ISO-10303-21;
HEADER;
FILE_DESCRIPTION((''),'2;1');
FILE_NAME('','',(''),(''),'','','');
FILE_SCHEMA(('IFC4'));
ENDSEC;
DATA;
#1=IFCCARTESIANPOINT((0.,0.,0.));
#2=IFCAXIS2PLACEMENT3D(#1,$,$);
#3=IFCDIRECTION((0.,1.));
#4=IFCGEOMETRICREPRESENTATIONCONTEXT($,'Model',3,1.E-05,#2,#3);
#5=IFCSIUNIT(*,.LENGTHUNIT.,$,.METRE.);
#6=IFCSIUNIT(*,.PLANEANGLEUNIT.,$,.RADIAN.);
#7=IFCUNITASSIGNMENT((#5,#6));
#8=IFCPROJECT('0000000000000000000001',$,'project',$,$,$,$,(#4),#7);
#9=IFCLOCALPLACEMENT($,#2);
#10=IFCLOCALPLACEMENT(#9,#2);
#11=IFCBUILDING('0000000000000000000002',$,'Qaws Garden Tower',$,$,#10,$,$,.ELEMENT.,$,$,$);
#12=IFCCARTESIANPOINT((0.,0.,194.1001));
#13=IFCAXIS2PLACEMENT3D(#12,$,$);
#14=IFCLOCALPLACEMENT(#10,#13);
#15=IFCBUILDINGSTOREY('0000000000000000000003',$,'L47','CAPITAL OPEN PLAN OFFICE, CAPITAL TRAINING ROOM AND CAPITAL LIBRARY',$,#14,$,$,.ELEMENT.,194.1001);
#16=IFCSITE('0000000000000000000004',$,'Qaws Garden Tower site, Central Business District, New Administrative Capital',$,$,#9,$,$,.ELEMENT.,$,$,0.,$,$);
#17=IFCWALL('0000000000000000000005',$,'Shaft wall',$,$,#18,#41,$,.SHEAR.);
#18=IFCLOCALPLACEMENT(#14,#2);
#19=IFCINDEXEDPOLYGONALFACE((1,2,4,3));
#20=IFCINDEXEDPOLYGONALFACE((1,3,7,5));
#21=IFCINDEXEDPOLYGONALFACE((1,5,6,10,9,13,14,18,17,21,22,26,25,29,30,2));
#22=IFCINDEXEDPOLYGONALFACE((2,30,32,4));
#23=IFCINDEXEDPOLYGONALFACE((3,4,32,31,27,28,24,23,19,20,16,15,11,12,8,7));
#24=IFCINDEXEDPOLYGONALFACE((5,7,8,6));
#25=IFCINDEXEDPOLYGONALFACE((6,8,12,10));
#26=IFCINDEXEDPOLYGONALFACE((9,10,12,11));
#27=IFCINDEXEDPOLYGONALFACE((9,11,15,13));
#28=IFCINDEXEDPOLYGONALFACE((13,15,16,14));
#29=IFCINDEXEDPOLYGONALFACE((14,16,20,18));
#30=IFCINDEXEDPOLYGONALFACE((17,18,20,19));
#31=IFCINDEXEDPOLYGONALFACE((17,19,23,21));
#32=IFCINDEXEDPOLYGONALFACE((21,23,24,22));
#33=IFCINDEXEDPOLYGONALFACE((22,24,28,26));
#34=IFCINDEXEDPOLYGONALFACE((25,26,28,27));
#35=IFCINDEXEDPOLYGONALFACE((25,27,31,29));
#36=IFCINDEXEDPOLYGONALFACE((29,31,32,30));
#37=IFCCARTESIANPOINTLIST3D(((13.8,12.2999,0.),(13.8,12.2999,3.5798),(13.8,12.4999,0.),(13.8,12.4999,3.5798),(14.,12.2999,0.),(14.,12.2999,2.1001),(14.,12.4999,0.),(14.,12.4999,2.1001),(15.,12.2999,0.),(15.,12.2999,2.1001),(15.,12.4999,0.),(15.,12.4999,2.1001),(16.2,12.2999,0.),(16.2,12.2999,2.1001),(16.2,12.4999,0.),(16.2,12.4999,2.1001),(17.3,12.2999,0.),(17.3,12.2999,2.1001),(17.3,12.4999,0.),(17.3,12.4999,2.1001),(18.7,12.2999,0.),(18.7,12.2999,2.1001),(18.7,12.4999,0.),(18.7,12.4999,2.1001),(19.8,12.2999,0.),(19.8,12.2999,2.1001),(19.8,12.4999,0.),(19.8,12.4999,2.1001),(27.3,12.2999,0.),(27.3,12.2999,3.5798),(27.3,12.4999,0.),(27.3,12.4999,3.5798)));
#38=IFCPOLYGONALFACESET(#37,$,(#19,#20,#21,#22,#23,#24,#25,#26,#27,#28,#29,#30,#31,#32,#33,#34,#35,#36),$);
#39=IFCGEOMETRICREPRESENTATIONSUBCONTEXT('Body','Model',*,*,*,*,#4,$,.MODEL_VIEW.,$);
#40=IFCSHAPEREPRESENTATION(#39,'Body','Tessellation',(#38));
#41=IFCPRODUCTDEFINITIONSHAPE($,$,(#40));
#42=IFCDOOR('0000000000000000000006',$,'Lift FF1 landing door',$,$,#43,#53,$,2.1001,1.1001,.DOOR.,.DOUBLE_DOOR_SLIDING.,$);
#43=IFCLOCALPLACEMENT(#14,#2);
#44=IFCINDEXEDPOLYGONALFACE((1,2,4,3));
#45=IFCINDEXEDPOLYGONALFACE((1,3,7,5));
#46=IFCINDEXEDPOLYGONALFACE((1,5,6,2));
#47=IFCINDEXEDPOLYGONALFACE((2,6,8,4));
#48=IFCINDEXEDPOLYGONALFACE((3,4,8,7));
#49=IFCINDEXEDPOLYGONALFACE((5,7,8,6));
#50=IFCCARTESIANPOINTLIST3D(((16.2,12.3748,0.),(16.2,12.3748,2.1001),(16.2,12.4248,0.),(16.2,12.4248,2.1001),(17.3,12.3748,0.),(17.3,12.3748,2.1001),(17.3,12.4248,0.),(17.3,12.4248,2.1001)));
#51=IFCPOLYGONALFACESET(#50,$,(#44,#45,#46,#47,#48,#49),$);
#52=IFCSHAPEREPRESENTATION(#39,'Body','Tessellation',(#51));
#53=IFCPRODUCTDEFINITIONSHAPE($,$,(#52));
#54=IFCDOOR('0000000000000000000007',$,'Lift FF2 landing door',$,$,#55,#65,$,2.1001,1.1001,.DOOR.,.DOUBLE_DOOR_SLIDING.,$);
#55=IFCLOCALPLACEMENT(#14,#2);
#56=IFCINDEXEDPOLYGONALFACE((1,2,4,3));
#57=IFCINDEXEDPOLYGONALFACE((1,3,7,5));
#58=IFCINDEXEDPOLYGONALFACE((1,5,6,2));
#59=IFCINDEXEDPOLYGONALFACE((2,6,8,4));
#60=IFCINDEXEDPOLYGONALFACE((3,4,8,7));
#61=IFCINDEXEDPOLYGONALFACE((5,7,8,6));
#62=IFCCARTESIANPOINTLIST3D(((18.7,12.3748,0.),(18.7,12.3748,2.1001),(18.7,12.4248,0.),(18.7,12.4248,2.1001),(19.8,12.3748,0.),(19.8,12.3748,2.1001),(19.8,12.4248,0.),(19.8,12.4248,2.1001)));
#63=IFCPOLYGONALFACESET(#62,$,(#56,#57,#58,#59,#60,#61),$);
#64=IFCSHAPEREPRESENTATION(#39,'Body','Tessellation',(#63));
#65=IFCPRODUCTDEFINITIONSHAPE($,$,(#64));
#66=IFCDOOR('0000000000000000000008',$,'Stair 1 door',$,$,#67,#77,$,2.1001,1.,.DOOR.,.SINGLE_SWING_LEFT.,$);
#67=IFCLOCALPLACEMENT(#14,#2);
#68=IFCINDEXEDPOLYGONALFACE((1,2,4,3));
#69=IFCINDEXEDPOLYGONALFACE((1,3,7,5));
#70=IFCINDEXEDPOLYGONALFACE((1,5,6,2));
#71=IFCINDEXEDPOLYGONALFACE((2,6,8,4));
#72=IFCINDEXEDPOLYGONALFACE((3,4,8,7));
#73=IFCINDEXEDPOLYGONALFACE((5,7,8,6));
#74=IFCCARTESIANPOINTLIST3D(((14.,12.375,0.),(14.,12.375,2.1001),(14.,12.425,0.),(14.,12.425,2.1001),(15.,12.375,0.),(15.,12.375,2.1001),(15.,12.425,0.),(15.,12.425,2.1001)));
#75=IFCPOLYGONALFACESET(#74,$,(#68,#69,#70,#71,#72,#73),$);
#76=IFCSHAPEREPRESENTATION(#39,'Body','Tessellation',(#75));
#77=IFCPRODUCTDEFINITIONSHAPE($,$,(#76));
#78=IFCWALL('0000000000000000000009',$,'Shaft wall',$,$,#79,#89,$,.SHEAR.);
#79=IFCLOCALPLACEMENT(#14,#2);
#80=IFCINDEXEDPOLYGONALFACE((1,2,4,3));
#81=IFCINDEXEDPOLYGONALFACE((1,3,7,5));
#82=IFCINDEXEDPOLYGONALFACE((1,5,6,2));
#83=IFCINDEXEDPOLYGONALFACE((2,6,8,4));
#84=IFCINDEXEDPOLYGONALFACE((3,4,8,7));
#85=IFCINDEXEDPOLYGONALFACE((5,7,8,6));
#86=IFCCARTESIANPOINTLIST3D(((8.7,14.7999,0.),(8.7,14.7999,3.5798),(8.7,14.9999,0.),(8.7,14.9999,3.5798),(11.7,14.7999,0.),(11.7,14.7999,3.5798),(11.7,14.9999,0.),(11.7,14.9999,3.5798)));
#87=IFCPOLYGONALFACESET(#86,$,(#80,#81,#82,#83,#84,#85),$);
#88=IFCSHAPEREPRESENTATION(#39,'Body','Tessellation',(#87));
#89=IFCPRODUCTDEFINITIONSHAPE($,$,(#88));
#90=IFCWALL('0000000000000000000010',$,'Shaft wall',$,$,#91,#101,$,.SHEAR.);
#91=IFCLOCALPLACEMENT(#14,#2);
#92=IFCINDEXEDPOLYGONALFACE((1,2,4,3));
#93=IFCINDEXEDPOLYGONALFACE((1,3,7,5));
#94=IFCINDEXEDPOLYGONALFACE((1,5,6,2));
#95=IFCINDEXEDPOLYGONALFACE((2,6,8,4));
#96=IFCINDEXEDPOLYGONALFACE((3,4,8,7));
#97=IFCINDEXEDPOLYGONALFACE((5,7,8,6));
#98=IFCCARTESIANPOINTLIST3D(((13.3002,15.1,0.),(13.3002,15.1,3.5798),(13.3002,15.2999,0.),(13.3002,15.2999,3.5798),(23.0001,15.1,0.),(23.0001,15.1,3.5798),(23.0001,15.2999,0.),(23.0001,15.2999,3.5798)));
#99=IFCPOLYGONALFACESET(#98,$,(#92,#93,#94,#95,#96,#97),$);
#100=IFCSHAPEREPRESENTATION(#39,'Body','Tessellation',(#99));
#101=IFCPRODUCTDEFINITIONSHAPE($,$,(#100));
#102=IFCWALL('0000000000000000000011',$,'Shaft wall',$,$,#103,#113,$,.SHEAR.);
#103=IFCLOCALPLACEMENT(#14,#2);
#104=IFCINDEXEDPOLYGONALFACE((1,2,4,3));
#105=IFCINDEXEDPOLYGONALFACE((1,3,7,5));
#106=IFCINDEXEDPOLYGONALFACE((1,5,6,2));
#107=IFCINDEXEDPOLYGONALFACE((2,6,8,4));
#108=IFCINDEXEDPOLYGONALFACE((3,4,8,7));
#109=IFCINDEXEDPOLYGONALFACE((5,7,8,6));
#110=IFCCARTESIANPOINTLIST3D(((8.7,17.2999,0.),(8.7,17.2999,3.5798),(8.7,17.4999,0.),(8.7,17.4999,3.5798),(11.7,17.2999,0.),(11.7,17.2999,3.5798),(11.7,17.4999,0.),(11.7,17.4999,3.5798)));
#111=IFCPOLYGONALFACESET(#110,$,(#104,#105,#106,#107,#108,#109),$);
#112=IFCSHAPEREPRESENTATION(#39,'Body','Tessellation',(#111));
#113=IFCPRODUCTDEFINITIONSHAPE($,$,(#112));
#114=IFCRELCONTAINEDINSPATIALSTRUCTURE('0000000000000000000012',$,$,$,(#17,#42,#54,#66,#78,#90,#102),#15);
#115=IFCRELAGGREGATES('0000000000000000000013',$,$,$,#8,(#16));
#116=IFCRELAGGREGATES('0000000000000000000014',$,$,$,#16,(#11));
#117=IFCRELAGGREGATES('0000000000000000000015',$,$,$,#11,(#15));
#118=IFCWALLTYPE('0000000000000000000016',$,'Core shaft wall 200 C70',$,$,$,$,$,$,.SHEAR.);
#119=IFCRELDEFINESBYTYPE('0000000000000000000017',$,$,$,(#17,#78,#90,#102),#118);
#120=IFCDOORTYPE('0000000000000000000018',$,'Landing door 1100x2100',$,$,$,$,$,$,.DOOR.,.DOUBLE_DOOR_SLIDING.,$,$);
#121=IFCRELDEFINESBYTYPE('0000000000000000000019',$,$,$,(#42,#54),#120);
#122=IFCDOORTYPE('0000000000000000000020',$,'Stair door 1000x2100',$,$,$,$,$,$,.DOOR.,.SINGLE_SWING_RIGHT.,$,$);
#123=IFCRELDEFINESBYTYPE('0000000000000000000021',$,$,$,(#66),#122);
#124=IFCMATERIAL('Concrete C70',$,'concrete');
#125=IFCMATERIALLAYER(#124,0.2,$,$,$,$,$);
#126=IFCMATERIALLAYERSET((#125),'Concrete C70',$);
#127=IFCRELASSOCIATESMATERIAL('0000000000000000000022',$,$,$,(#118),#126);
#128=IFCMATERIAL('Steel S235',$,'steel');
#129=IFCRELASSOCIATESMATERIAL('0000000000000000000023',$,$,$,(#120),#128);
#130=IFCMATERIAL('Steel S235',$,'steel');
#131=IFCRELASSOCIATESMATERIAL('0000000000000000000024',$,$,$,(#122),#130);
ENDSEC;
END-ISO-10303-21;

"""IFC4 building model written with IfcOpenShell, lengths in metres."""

from ifc_helpers import new_model, si_unit, direction, frame, frame_2d, origin, place, context, subcontext, project, spatial, rectangle, extrude, material, layer, layer_set, type_object, element, fill, save


model = new_model("IFC4")

# Units and contexts
model_context = context("Model", 3, precision=1e-05, world=origin(), true_north=direction((0.0, 1.0)))
body_context = subcontext(model_context, "Body", "Model", "MODEL_VIEW")
ifc_project = project(units=[si_unit("LENGTHUNIT", "METRE"), si_unit("PLANEANGLEUNIT", "RADIAN")], contexts=[model_context])

# Site, building, storey
site_placement = place(None, origin())
site = spatial("IfcSite", under=ifc_project, at=site_placement, Name="Qaws Garden Tower site, Central Business District, New Administrative Capital", CompositionType="ELEMENT", RefElevation=0.0)
building_placement = place(site_placement, origin())
building = spatial("IfcBuilding", under=site, at=building_placement, Name="Qaws Garden Tower", CompositionType="ELEMENT")
storey_placement = place(building_placement, frame((0.0, 0.0, 194.1001)))
storey = spatial("IfcBuildingStorey", under=building, at=storey_placement, Name="L47", Description="CAPITAL OPEN PLAN OFFICE, CAPITAL TRAINING ROOM AND CAPITAL LIBRARY", CompositionType="ELEMENT", Elevation=194.1001)

# Shared definitions
ifc_material_1 = material(Name="Concrete C70", Category="concrete")
ifc_layer_1 = layer(ifc_material_1, 0.2)
ifc_layer_set_1 = layer_set([ifc_layer_1], Name="Concrete C70")
wall_type_1 = type_object("IfcWallType", Name="Core shaft wall 200 C70", PredefinedType="SHEAR", material=ifc_layer_set_1)

# Wall, openings, doors
wall_1_placement = place(storey_placement, frame((13.8, 12.3999, 0.0), z_axis=(0.0, 0.0, 1.0), x_axis=(1.0, 0.0, 0.0)))
wall_1 = element("IfcWall", 1, at=wall_1_placement, inside=storey, type_object=wall_type_1, Name="Shaft wall", PredefinedType="SHEAR", context=body_context, shape_type="SweptSolid", body=[
    extrude(rectangle(XDim=13.5, YDim=0.2, at=frame_2d((6.75, 0.0))), origin(), (0.0, 0.0, 1.0), 3.5798),
])
opening_1_placement = place(wall_1_placement, frame((2.3999, 0.0, 0.0)))
opening_1 = element("IfcOpeningElement", 2, at=opening_1_placement, cuts=wall_1, PredefinedType="OPENING", context=body_context, shape_type="SweptSolid", body=[
    extrude(rectangle(XDim=1.1001, YDim=2.1001, at=frame_2d((0.55, 1.05))), frame((0.0, 0.1099, 0.0), z_axis=(0.0, -1.0, 0.0), x_axis=(1.0, 0.0, 0.0)), (0.0, 0.0, 1.0), 0.22),
])
opening_2_placement = place(wall_1_placement, frame((4.8999, 0.0, 0.0)))
opening_2 = element("IfcOpeningElement", 3, at=opening_2_placement, cuts=wall_1, PredefinedType="OPENING", context=body_context, shape_type="SweptSolid", body=[
    extrude(rectangle(XDim=1.1001, YDim=2.1001, at=frame_2d((0.55, 1.05))), frame((0.0, 0.1099, 0.0), z_axis=(0.0, -1.0, 0.0), x_axis=(1.0, 0.0, 0.0)), (0.0, 0.0, 1.0), 0.22),
])
opening_3_placement = place(wall_1_placement, frame((0.2, 0.0, 0.0)))
opening_3 = element("IfcOpeningElement", 4, at=opening_3_placement, cuts=wall_1, PredefinedType="OPENING", context=body_context, shape_type="SweptSolid", body=[
    extrude(rectangle(XDim=1.0, YDim=2.1001, at=frame_2d((0.5, 1.05))), frame((0.0, 0.1099, 0.0), z_axis=(0.0, -1.0, 0.0), x_axis=(1.0, 0.0, 0.0)), (0.0, 0.0, 1.0), 0.22),
])
ifc_material_2 = material(Name="Steel S235", Category="steel")
door_type_1 = type_object("IfcDoorType", Name="Landing door 1100x2100", OperationType="DOUBLE_DOOR_SLIDING", PredefinedType="DOOR", material=ifc_material_2)
door_1_placement = place(opening_1_placement, origin())
door_1 = element("IfcDoor", 5, at=door_1_placement, inside=storey, type_object=door_type_1, Name="Lift FF1 landing door", OperationType="DOUBLE_DOOR_SLIDING", OverallHeight=2.1001, OverallWidth=1.1001, PredefinedType="DOOR", context=body_context, shape_type="SweptSolid", body=[
    extrude(rectangle(XDim=1.1001, YDim=2.1001, at=frame_2d((0.55, 1.05))), frame((0.0, 0.0249, 0.0), z_axis=(0.0, -1.0, 0.0), x_axis=(1.0, 0.0, 0.0)), (0.0, 0.0, 1.0), 0.05),
])
fill(opening_1, door_1)
door_2_placement = place(opening_2_placement, origin())
door_2 = element("IfcDoor", 6, at=door_2_placement, inside=storey, type_object=door_type_1, Name="Lift FF2 landing door", OperationType="DOUBLE_DOOR_SLIDING", OverallHeight=2.1001, OverallWidth=1.1001, PredefinedType="DOOR", context=body_context, shape_type="SweptSolid", body=[
    extrude(rectangle(XDim=1.1001, YDim=2.1001, at=frame_2d((0.55, 1.05))), frame((0.0, 0.0249, 0.0), z_axis=(0.0, -1.0, 0.0), x_axis=(1.0, 0.0, 0.0)), (0.0, 0.0, 1.0), 0.05),
])
fill(opening_2, door_2)
ifc_material_3 = material(Name="Steel S235", Category="steel")
door_type_2 = type_object("IfcDoorType", Name="Stair door 1000x2100", OperationType="SINGLE_SWING_RIGHT", PredefinedType="DOOR", material=ifc_material_3)
door_3_placement = place(opening_3_placement, frame((1.0, 0.0, 0.0), z_axis=(0.0, 0.0, 1.0), x_axis=(-1.0, 0.0, 0.0)))
door_3 = element("IfcDoor", 7, at=door_3_placement, inside=storey, type_object=door_type_2, Name="Stair 1 door", OperationType="SINGLE_SWING_LEFT", OverallHeight=2.1001, OverallWidth=1.0, PredefinedType="DOOR", context=body_context, shape_type="SweptSolid", body=[
    extrude(rectangle(XDim=1.0, YDim=2.1001, at=frame_2d((0.5, 1.05))), frame((0.0, 0.0249, 0.0), z_axis=(0.0, -1.0, 0.0), x_axis=(1.0, 0.0, 0.0)), (0.0, 0.0, 1.0), 0.05),
])
fill(opening_3, door_3)

# Walls
wall_2_placement = place(storey_placement, frame((8.7, 14.8999, 0.0), z_axis=(0.0, 0.0, 1.0), x_axis=(1.0, 0.0, 0.0)))
element("IfcWall", 8, at=wall_2_placement, inside=storey, type_object=wall_type_1, Name="Shaft wall", PredefinedType="SHEAR", context=body_context, shape_type="SweptSolid", body=[
    extrude(rectangle(XDim=3.0, YDim=0.2, at=frame_2d((1.5, 0.0))), origin(), (0.0, 0.0, 1.0), 3.5798),
])
wall_3_placement = place(storey_placement, frame((13.3, 15.2, 0.0), z_axis=(0.0, 0.0, 1.0), x_axis=(1.0, 0.0, 0.0)))
element("IfcWall", 9, at=wall_3_placement, inside=storey, type_object=wall_type_1, Name="Shaft wall", PredefinedType="SHEAR", context=body_context, shape_type="SweptSolid", body=[
    extrude(rectangle(XDim=9.7, YDim=0.2, at=frame_2d((4.8501, 0.0))), origin(), (0.0, 0.0, 1.0), 3.5798),
])
wall_4_placement = place(storey_placement, frame((8.7, 17.3999, 0.0), z_axis=(0.0, 0.0, 1.0), x_axis=(1.0, 0.0, 0.0)))
element("IfcWall", 10, at=wall_4_placement, inside=storey, type_object=wall_type_1, Name="Shaft wall", PredefinedType="SHEAR", context=body_context, shape_type="SweptSolid", body=[
    extrude(rectangle(XDim=3.0, YDim=0.2, at=frame_2d((1.5, 0.0))), origin(), (0.0, 0.0, 1.0), 3.5798),
])

save(model, "model.ifc")
